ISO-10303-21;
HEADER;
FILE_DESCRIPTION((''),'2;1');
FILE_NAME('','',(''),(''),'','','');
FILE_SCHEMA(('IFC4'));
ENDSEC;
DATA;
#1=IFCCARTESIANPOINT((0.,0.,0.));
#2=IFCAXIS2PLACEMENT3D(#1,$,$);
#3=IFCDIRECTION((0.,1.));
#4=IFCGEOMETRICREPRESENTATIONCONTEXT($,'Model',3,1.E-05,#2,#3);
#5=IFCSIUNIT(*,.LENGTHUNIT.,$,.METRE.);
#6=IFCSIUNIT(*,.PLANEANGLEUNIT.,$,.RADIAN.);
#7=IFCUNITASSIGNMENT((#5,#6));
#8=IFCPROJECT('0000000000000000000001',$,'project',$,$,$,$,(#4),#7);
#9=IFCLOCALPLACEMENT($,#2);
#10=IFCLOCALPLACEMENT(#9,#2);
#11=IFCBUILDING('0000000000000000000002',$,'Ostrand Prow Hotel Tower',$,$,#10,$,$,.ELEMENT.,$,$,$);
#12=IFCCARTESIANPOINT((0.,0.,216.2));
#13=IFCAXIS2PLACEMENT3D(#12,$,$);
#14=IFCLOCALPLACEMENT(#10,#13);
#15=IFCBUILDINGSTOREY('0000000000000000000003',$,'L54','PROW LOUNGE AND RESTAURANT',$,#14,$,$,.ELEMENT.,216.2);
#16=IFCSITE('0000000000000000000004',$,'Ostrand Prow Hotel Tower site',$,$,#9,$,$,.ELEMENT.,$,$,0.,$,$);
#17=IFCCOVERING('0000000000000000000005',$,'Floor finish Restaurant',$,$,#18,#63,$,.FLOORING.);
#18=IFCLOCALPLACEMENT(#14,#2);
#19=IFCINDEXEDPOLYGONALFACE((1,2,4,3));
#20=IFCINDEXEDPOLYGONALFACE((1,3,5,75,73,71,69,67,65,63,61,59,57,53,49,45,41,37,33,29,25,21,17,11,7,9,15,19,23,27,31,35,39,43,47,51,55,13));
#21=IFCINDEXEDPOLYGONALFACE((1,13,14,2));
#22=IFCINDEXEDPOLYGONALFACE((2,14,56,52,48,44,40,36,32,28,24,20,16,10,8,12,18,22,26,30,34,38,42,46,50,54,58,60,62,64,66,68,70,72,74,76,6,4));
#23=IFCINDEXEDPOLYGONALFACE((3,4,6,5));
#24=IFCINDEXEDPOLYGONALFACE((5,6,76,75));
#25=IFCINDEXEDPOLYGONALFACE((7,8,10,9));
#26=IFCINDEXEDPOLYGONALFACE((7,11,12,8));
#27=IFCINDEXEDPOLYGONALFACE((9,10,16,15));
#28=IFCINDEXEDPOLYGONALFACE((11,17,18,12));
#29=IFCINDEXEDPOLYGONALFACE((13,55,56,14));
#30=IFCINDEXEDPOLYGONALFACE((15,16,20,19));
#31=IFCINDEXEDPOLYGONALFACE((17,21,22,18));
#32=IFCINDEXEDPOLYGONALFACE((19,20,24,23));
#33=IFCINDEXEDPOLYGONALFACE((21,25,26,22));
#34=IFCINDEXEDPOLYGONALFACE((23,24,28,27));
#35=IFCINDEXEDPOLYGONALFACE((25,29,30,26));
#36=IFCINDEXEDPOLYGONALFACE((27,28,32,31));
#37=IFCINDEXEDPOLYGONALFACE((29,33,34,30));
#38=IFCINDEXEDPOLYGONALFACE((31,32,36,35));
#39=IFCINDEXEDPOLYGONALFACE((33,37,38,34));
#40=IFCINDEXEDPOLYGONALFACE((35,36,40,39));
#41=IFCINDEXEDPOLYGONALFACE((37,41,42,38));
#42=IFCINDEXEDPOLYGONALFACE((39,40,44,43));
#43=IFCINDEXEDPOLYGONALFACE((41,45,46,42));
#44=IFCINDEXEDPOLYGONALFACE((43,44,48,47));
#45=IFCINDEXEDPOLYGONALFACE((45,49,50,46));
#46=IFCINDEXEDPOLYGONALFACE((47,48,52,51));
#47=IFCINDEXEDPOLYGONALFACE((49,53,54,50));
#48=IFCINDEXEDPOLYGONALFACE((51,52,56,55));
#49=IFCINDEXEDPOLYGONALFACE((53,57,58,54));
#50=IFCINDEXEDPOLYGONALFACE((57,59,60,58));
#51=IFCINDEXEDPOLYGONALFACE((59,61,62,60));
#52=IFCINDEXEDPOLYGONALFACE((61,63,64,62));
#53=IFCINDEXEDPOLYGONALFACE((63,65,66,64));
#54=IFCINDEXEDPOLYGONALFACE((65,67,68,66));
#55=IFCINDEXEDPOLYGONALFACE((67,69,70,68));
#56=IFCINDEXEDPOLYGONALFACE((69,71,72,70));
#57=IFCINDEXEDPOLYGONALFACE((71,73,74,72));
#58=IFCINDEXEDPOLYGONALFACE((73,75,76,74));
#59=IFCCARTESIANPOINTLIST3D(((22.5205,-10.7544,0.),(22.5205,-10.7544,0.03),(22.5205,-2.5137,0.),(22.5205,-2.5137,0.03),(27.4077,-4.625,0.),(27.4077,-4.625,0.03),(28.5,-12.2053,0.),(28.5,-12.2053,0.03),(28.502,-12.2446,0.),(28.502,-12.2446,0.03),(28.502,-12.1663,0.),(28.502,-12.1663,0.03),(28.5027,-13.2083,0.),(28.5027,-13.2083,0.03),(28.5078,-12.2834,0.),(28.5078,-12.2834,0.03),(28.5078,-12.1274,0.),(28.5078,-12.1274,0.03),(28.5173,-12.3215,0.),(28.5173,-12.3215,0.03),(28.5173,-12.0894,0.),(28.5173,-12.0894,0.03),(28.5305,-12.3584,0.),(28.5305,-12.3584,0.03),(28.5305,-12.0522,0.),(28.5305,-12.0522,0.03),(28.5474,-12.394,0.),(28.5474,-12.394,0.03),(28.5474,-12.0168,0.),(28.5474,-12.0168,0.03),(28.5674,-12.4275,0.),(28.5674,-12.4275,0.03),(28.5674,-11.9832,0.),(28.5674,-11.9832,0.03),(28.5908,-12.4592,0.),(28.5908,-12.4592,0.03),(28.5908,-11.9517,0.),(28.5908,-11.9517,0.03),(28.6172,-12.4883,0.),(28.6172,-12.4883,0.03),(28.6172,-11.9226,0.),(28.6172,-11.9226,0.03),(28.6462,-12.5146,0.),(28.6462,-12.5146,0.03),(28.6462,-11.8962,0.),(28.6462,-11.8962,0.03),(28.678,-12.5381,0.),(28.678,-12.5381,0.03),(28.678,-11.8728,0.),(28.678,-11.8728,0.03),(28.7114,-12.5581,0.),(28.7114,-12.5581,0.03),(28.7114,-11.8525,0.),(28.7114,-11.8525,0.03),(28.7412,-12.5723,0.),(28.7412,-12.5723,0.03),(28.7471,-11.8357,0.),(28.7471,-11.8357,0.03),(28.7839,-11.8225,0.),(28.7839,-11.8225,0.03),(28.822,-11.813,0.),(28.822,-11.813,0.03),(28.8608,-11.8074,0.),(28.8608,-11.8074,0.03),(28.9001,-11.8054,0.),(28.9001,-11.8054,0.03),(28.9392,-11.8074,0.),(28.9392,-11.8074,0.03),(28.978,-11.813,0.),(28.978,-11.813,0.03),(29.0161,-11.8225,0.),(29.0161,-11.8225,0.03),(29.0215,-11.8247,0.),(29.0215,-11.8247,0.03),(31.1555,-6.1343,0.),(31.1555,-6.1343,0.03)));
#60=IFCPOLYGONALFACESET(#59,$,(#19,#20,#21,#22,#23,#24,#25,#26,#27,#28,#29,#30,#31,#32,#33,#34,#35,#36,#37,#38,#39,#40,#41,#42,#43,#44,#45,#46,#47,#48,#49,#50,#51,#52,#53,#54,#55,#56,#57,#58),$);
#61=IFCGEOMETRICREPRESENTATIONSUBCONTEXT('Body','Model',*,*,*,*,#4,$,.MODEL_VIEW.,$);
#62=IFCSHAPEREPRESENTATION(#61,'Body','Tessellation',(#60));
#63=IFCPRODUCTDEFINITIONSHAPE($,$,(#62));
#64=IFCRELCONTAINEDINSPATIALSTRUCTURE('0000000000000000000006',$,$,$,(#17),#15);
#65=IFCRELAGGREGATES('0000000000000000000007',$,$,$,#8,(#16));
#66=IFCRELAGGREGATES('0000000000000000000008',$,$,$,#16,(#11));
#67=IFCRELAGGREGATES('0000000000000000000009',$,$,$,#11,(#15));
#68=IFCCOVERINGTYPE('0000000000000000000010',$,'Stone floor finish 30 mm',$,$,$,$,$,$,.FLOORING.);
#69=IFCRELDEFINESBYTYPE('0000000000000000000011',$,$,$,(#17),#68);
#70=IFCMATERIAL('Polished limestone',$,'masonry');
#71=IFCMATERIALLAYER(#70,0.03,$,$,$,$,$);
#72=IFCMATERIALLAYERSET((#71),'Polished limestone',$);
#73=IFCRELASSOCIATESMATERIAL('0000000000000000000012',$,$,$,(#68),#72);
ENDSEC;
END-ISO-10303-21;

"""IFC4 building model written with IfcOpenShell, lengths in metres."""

from ifc_helpers import new_model, si_unit, direction, frame, origin, place, context, subcontext, project, spatial, polyline, outline, extrude, material, layer, layer_set, type_object, element, save


model = new_model("IFC4")

# Units and contexts
model_context = context("Model", 3, precision=1e-05, world=origin(), true_north=direction((0.0, 1.0)))
body_context = subcontext(model_context, "Body", "Model", "MODEL_VIEW")
ifc_project = project(units=[si_unit("LENGTHUNIT", "METRE"), si_unit("PLANEANGLEUNIT", "RADIAN")], contexts=[model_context])

# Site, building, storey
site_placement = place(None, origin())
site = spatial("IfcSite", under=ifc_project, at=site_placement, Name="Ostrand Prow Hotel Tower site", CompositionType="ELEMENT", RefElevation=0.0)
building_placement = place(site_placement, origin())
building = spatial("IfcBuilding", under=site, at=building_placement, Name="Ostrand Prow Hotel Tower", CompositionType="ELEMENT")
storey_placement = place(building_placement, frame((0.0, 0.0, 216.2)))
storey = spatial("IfcBuildingStorey", under=building, at=storey_placement, Name="L54", Description="PROW LOUNGE AND RESTAURANT", CompositionType="ELEMENT", Elevation=216.2)

# Covering
ifc_material_1 = material(Name="Polished limestone", Category="masonry")
ifc_layer_1 = layer(ifc_material_1, 0.03)
ifc_layer_set_1 = layer_set([ifc_layer_1], Name="Polished limestone")
covering_type_1 = type_object("IfcCoveringType", Name="Stone floor finish 30 mm", PredefinedType="FLOORING", material=ifc_layer_set_1)
covering_1_placement = place(storey_placement, origin())
element("IfcCovering", 1, at=covering_1_placement, inside=storey, type_object=covering_type_1, Name="Floor finish Restaurant", PredefinedType="FLOORING", context=body_context, shape_type="SweptSolid", body=[
    extrude(outline(polyline([(22.5205, -2.5137), (22.5205, -10.7544), (28.5027, -13.2083), (28.7412, -12.5723), (28.7114, -12.5581), (28.678, -12.5381), (28.6462, -12.5146), (28.6172, -12.4883), (28.5908, -12.4592), (28.5674, -12.4275), (28.5474, -12.394), (28.5305, -12.3584), (28.5173, -12.3215), (28.5078, -12.2834), (28.502, -12.2446), (28.5, -12.2053), (28.502, -12.1663), (28.5078, -12.1274), (28.5173, -12.0894), (28.5305, -12.0522), (28.5474, -12.0168), (28.5674, -11.9832), (28.5908, -11.9517), (28.6172, -11.9226), (28.6462, -11.8962), (28.678, -11.8728), (28.7114, -11.8525), (28.7471, -11.8357), (28.7839, -11.8225), (28.822, -11.813), (28.8608, -11.8074), (28.9001, -11.8054), (28.9392, -11.8074), (28.978, -11.813), (29.0161, -11.8225), (29.0215, -11.8247), (31.1555, -6.1343), (27.4077, -4.625), (22.5205, -2.5137)])), origin(), (0.0, 0.0, 1.0), 0.03),
])

save(model, "model.ifc")
